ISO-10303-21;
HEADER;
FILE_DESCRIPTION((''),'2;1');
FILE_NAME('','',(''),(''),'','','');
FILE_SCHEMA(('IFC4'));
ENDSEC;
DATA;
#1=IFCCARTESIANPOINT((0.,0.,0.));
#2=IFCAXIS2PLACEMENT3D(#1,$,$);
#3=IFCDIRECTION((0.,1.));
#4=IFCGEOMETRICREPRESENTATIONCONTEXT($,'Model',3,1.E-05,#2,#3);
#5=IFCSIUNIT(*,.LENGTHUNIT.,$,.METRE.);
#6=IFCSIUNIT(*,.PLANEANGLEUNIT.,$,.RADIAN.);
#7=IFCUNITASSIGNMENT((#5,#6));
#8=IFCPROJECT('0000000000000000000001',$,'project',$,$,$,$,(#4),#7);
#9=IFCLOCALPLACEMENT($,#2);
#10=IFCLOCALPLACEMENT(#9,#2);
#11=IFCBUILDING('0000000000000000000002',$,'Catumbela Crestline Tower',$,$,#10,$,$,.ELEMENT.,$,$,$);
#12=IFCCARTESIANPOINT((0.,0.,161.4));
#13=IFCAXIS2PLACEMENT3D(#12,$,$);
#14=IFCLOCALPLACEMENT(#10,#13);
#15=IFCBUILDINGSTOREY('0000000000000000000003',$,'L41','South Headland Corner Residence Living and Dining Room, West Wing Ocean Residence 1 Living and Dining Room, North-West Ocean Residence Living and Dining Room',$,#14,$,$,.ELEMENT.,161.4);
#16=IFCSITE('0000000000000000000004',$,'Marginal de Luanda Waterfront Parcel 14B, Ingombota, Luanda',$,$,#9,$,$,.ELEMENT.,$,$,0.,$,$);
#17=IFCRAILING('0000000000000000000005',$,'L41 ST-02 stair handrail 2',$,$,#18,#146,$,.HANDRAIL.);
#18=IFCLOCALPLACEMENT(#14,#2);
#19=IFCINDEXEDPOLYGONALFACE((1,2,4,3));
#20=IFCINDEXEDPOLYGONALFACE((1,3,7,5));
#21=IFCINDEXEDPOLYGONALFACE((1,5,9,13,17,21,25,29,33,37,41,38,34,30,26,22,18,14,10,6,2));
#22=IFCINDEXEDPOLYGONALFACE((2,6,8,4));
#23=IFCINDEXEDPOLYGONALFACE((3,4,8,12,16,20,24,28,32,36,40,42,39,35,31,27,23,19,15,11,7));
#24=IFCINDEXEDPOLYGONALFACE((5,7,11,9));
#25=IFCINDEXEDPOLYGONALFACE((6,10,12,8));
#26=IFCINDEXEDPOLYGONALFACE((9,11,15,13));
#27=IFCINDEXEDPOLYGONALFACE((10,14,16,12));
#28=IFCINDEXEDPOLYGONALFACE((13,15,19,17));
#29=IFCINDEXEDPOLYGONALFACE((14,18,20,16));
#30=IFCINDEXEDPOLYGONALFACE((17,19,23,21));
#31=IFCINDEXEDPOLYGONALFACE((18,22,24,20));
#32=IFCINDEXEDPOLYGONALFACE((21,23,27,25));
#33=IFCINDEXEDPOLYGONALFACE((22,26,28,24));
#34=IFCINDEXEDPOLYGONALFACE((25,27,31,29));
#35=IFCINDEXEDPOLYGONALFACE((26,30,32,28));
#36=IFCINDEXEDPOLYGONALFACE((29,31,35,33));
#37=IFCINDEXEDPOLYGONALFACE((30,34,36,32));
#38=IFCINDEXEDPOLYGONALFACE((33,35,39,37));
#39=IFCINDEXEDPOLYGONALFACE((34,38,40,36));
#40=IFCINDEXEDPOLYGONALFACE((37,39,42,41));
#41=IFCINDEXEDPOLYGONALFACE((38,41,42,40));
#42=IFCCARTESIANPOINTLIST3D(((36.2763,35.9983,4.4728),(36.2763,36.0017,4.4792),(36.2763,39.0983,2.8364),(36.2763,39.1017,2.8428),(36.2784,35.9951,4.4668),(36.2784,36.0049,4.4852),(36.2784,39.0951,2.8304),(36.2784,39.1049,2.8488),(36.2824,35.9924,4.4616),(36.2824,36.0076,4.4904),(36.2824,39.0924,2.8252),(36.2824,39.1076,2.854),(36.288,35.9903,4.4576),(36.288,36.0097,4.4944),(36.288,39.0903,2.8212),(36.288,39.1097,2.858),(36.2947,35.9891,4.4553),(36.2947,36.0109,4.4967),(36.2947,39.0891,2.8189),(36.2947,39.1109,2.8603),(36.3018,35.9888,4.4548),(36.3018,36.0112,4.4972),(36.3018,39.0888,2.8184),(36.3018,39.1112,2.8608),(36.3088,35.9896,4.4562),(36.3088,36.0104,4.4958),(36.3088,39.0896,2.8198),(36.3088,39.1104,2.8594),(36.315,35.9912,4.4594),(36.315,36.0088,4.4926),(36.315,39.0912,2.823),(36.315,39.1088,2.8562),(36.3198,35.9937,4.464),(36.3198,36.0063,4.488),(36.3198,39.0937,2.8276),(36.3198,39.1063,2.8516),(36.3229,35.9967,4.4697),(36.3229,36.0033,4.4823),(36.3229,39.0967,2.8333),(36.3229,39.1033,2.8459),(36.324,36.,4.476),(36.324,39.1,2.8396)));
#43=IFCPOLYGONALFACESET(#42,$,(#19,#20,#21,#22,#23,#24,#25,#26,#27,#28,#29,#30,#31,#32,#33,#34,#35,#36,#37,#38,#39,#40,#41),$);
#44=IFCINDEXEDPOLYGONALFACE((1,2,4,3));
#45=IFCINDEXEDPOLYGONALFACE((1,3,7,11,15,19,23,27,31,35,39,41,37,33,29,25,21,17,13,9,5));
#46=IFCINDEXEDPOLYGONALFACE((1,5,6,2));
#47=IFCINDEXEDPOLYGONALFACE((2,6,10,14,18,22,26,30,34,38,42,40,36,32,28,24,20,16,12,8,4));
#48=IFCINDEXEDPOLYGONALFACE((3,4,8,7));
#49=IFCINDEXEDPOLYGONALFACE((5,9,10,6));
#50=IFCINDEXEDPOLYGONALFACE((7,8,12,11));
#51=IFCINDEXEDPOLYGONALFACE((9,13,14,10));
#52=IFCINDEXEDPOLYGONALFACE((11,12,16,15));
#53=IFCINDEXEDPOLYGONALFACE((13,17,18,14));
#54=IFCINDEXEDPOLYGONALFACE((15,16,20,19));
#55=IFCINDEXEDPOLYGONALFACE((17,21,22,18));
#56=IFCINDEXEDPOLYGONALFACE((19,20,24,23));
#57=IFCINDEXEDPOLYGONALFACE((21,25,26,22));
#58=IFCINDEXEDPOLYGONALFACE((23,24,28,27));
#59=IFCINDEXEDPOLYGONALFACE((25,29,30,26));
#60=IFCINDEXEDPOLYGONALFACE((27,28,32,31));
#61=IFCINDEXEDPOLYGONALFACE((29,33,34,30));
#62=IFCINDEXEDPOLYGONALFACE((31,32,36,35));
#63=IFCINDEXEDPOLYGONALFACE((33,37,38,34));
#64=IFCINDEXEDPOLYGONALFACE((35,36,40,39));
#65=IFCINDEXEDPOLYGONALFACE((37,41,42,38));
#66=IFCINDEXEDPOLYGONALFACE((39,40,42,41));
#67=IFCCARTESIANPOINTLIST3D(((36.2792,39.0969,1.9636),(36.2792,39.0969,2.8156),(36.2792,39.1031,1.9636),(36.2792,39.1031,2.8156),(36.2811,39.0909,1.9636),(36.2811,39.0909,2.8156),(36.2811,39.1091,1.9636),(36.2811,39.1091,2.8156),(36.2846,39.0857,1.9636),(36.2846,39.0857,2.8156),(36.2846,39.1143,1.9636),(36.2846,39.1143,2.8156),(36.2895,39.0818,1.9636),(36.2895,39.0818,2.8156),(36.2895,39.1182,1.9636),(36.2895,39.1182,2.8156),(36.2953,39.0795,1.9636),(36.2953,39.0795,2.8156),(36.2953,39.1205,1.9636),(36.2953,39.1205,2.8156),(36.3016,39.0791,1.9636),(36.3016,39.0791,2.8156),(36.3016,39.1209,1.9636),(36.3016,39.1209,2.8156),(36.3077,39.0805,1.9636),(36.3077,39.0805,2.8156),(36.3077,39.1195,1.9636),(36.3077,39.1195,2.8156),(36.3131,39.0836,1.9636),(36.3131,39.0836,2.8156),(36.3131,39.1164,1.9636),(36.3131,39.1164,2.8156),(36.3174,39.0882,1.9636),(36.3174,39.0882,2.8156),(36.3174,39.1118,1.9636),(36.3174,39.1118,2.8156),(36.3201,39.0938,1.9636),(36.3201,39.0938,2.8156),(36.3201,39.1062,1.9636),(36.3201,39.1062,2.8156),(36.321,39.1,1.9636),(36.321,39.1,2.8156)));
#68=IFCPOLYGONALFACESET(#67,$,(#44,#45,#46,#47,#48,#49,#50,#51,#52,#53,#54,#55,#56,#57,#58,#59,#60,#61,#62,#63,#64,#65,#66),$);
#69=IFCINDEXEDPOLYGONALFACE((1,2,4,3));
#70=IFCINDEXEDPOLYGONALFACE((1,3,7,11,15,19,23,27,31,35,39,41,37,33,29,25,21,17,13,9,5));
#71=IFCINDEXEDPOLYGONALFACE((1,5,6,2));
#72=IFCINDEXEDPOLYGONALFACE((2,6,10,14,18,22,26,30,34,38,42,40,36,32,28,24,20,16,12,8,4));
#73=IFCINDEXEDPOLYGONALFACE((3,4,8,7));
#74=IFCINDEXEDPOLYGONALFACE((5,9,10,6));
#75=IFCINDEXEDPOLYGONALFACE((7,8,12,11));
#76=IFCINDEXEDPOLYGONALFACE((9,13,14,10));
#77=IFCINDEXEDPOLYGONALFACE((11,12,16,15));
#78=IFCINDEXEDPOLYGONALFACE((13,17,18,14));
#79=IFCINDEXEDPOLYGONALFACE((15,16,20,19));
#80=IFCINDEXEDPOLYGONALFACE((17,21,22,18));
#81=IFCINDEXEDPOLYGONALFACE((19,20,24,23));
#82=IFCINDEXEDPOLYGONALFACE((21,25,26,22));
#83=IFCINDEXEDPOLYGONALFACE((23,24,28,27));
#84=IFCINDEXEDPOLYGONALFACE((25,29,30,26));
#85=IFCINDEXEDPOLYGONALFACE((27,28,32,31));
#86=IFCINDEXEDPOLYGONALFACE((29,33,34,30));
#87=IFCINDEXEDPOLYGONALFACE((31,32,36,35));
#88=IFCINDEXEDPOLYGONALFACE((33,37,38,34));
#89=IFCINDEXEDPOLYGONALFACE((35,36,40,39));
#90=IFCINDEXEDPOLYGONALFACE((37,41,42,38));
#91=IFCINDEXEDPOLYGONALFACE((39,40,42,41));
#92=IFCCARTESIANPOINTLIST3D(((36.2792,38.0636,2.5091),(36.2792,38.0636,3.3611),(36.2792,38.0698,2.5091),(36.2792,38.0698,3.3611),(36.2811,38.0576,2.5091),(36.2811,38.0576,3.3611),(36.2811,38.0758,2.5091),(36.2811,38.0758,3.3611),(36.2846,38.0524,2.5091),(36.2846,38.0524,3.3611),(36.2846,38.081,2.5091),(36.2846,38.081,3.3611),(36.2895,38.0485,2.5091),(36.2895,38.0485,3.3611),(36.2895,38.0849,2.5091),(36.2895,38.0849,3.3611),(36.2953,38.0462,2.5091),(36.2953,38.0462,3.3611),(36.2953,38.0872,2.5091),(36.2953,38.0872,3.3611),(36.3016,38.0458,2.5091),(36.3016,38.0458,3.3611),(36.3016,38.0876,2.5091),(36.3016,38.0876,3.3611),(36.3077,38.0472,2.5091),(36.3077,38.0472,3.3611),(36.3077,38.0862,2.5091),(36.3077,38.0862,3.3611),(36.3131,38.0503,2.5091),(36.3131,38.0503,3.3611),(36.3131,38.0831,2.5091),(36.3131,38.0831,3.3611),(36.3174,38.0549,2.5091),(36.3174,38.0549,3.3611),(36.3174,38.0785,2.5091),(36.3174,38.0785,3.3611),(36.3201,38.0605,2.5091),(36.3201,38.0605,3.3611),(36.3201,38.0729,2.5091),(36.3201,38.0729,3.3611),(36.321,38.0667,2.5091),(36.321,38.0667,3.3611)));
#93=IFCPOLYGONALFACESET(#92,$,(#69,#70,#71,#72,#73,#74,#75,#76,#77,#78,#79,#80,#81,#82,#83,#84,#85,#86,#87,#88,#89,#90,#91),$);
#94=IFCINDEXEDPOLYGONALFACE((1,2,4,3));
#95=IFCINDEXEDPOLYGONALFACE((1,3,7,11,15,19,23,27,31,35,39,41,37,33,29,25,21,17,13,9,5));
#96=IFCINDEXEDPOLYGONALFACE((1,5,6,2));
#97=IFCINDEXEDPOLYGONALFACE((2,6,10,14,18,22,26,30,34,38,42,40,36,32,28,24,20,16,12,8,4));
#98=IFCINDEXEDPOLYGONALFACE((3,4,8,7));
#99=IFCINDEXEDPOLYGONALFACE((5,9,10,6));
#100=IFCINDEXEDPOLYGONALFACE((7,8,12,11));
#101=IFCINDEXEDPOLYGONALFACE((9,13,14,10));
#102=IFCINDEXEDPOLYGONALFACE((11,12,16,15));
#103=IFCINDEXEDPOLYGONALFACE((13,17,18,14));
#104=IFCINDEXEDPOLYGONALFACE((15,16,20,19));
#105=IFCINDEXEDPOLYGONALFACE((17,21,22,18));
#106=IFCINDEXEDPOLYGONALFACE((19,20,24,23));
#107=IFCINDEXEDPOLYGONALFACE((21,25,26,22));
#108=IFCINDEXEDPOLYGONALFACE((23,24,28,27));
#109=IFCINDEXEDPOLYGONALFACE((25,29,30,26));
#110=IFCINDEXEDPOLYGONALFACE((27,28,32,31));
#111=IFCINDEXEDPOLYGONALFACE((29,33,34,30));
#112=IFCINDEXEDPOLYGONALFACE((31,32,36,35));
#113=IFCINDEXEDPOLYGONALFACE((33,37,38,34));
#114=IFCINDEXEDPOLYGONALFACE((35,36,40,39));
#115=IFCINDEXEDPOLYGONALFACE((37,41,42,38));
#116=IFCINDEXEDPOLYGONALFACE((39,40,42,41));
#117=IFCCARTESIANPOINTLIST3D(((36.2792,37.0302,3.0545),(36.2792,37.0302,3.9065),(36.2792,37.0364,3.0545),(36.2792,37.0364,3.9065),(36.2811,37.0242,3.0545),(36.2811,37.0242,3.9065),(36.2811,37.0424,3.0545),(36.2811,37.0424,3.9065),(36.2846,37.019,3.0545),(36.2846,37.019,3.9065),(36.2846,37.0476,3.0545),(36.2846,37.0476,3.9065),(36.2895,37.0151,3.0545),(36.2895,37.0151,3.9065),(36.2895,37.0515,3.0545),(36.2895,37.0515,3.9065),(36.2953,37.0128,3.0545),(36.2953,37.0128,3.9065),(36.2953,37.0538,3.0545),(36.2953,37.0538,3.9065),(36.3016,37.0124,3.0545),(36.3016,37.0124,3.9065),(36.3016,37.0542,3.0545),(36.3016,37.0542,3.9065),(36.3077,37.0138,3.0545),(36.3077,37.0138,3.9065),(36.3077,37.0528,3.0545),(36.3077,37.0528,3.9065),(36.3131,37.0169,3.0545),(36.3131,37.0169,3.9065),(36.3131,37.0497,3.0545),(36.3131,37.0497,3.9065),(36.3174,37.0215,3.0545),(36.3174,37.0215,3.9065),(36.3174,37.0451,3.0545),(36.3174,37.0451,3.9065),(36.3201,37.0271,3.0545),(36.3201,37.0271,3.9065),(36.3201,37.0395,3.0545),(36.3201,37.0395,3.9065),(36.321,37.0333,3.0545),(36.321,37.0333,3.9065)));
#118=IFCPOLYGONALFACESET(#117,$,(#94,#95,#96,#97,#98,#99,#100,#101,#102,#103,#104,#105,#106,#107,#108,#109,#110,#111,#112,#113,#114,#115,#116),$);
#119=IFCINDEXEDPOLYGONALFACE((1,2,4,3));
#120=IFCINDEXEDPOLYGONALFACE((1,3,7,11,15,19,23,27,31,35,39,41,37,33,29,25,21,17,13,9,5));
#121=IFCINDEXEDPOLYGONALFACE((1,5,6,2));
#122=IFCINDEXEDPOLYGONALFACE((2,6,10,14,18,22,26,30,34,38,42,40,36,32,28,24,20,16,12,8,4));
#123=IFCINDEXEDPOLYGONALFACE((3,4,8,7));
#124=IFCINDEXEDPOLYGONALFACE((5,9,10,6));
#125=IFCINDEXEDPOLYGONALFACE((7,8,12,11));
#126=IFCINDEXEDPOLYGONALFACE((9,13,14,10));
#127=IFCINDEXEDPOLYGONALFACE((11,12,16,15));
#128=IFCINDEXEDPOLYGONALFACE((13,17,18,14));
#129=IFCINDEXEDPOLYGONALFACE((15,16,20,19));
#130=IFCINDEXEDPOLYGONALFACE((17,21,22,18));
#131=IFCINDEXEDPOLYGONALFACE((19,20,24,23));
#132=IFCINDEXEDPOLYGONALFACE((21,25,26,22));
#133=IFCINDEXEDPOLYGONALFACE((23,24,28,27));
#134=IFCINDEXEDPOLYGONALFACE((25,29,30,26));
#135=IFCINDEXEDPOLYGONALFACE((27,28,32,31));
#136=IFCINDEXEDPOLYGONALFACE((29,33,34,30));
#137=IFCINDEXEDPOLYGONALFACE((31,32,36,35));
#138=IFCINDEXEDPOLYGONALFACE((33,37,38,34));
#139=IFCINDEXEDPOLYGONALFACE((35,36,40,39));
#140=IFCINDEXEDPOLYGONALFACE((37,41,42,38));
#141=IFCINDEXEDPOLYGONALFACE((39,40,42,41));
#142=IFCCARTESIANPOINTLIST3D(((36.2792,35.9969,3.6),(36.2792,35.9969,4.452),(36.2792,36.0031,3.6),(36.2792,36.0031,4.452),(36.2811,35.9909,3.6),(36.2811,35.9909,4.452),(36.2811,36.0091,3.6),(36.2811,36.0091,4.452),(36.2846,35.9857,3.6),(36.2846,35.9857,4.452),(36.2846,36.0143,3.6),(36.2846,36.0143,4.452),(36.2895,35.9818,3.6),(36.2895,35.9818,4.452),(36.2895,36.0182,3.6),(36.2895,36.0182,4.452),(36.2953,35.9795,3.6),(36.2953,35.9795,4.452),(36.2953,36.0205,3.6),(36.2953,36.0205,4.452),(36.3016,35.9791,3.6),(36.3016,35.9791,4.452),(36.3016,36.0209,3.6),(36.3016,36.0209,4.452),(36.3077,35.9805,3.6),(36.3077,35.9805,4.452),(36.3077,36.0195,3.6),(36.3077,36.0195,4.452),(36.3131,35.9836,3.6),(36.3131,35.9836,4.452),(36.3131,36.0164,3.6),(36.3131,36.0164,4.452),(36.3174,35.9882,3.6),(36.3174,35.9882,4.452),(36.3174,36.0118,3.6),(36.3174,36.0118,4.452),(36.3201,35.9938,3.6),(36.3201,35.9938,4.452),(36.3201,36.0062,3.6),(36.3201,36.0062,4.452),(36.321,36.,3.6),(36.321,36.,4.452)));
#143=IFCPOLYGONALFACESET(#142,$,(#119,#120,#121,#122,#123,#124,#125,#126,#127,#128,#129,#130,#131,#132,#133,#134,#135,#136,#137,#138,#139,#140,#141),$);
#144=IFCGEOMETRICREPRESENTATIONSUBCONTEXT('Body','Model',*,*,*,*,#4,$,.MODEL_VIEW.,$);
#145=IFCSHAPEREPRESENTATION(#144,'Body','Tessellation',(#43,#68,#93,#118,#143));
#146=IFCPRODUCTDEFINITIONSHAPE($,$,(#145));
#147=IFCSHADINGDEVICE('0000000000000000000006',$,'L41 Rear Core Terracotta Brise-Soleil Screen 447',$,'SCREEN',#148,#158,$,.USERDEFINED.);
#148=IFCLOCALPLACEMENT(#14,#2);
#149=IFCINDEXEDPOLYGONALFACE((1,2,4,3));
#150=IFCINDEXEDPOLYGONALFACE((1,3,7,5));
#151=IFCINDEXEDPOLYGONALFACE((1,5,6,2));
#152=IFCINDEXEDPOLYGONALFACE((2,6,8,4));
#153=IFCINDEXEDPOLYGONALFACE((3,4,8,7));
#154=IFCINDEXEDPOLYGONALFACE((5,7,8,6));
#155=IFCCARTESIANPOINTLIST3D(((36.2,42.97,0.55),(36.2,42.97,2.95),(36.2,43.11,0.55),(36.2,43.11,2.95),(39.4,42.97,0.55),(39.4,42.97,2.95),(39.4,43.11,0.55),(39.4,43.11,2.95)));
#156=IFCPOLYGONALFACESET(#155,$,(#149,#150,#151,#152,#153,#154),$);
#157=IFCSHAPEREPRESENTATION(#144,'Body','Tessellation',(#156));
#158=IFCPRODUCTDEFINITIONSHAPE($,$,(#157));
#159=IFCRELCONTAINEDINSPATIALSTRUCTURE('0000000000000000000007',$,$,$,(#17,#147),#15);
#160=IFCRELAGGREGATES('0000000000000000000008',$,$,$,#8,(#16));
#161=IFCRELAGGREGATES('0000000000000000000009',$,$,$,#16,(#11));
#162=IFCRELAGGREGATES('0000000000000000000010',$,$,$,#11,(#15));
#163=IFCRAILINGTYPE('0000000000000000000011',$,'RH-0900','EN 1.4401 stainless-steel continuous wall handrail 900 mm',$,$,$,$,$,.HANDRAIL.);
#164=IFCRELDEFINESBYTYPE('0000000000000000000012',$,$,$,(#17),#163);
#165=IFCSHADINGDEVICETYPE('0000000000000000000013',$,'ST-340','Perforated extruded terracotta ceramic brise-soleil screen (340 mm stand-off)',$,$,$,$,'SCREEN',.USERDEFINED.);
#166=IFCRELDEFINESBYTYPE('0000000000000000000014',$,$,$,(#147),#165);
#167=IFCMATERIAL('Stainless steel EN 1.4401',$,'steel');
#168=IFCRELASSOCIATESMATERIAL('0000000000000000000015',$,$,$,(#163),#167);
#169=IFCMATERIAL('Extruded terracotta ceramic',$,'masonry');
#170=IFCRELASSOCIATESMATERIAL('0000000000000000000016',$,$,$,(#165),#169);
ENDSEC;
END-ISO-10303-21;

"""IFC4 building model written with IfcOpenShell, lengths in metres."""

from ifc_helpers import new_model, si_unit, direction, frame, origin, origin_2d, place, context, subcontext, project, spatial, rectangle, circle, extrude, material, type_object, element, save


model = new_model("IFC4")

# Units and contexts
model_context = context("Model", 3, precision=1e-05, world=origin(), true_north=direction((0.0, 1.0)))
body_context = subcontext(model_context, "Body", "Model", "MODEL_VIEW")
ifc_project = project(units=[si_unit("LENGTHUNIT", "METRE"), si_unit("PLANEANGLEUNIT", "RADIAN")], contexts=[model_context])

# Site, building, storey
site_placement = place(None, origin())
site = spatial("IfcSite", under=ifc_project, at=site_placement, Name="Marginal de Luanda Waterfront Parcel 14B, Ingombota, Luanda", CompositionType="ELEMENT", RefElevation=0.0)
building_placement = place(site_placement, origin())
building = spatial("IfcBuilding", under=site, at=building_placement, Name="Catumbela Crestline Tower", CompositionType="ELEMENT")
storey_placement = place(building_placement, frame((0.0, 0.0, 161.4)))
storey = spatial("IfcBuildingStorey", under=building, at=storey_placement, Name="L41", Description="South Headland Corner Residence Living and Dining Room, West Wing Ocean Residence 1 Living and Dining Room, North-West Ocean Residence Living and Dining Room", CompositionType="ELEMENT", Elevation=161.4)

# Shared definitions
ifc_material_1 = material(Name="Stainless steel EN 1.4401", Category="steel")

# Railing
railing_type_1 = type_object("IfcRailingType", Name="RH-0900", Description="EN 1.4401 stainless-steel continuous wall handrail 900 mm", PredefinedType="HANDRAIL", material=ifc_material_1)
railing_1_placement = place(storey_placement, frame((36.3, 39.1, 1.9636)))
element("IfcRailing", 1, at=railing_1_placement, inside=storey, type_object=railing_type_1, Name="L41 ST-02 stair handrail 2", PredefinedType="HANDRAIL", context=body_context, shape_type="SweptSolid", body=[
    extrude(circle(Radius=0.024, at=origin_2d()), frame((0.0, 0.0, 0.876), z_axis=(0.0, -0.884351, 0.466823), x_axis=(1.0, 0.0, 0.0)), (0.0, 0.0, 1.0), 3.5054),
    extrude(circle(Radius=0.021, at=origin_2d()), origin(), (0.0, 0.0, 1.0), 0.852),
    extrude(circle(Radius=0.021, at=origin_2d()), frame((0.0, -1.0333, 0.5455)), (0.0, 0.0, 1.0), 0.852),
    extrude(circle(Radius=0.021, at=origin_2d()), frame((0.0, -2.0667, 1.0909)), (0.0, 0.0, 1.0), 0.852),
    extrude(circle(Radius=0.021, at=origin_2d()), frame((0.0, -3.1, 1.6364)), (0.0, 0.0, 1.0), 0.852),
])

# Shading device
ifc_material_2 = material(Name="Extruded terracotta ceramic", Category="masonry")
shading_device_type = type_object("IfcShadingDeviceType", Name="ST-340", Description="Perforated extruded terracotta ceramic brise-soleil screen (340 mm stand-off)", ElementType="SCREEN", PredefinedType="USERDEFINED", material=ifc_material_2)
shading_device_placement = place(storey_placement, frame((37.8, 43.04, 0.55), z_axis=(0.0, 0.0, 1.0), x_axis=(1.0, 0.0, 0.0)))
element("IfcShadingDevice", 2, at=shading_device_placement, inside=storey, type_object=shading_device_type, Name="L41 Rear Core Terracotta Brise-Soleil Screen 447", ObjectType="SCREEN", PredefinedType="USERDEFINED", context=body_context, shape_type="SweptSolid", body=[
    extrude(rectangle(XDim=3.2, YDim=0.14, at=origin_2d()), origin(), (0.0, 0.0, 1.0), 2.4),
])

save(model, "model.ifc")
